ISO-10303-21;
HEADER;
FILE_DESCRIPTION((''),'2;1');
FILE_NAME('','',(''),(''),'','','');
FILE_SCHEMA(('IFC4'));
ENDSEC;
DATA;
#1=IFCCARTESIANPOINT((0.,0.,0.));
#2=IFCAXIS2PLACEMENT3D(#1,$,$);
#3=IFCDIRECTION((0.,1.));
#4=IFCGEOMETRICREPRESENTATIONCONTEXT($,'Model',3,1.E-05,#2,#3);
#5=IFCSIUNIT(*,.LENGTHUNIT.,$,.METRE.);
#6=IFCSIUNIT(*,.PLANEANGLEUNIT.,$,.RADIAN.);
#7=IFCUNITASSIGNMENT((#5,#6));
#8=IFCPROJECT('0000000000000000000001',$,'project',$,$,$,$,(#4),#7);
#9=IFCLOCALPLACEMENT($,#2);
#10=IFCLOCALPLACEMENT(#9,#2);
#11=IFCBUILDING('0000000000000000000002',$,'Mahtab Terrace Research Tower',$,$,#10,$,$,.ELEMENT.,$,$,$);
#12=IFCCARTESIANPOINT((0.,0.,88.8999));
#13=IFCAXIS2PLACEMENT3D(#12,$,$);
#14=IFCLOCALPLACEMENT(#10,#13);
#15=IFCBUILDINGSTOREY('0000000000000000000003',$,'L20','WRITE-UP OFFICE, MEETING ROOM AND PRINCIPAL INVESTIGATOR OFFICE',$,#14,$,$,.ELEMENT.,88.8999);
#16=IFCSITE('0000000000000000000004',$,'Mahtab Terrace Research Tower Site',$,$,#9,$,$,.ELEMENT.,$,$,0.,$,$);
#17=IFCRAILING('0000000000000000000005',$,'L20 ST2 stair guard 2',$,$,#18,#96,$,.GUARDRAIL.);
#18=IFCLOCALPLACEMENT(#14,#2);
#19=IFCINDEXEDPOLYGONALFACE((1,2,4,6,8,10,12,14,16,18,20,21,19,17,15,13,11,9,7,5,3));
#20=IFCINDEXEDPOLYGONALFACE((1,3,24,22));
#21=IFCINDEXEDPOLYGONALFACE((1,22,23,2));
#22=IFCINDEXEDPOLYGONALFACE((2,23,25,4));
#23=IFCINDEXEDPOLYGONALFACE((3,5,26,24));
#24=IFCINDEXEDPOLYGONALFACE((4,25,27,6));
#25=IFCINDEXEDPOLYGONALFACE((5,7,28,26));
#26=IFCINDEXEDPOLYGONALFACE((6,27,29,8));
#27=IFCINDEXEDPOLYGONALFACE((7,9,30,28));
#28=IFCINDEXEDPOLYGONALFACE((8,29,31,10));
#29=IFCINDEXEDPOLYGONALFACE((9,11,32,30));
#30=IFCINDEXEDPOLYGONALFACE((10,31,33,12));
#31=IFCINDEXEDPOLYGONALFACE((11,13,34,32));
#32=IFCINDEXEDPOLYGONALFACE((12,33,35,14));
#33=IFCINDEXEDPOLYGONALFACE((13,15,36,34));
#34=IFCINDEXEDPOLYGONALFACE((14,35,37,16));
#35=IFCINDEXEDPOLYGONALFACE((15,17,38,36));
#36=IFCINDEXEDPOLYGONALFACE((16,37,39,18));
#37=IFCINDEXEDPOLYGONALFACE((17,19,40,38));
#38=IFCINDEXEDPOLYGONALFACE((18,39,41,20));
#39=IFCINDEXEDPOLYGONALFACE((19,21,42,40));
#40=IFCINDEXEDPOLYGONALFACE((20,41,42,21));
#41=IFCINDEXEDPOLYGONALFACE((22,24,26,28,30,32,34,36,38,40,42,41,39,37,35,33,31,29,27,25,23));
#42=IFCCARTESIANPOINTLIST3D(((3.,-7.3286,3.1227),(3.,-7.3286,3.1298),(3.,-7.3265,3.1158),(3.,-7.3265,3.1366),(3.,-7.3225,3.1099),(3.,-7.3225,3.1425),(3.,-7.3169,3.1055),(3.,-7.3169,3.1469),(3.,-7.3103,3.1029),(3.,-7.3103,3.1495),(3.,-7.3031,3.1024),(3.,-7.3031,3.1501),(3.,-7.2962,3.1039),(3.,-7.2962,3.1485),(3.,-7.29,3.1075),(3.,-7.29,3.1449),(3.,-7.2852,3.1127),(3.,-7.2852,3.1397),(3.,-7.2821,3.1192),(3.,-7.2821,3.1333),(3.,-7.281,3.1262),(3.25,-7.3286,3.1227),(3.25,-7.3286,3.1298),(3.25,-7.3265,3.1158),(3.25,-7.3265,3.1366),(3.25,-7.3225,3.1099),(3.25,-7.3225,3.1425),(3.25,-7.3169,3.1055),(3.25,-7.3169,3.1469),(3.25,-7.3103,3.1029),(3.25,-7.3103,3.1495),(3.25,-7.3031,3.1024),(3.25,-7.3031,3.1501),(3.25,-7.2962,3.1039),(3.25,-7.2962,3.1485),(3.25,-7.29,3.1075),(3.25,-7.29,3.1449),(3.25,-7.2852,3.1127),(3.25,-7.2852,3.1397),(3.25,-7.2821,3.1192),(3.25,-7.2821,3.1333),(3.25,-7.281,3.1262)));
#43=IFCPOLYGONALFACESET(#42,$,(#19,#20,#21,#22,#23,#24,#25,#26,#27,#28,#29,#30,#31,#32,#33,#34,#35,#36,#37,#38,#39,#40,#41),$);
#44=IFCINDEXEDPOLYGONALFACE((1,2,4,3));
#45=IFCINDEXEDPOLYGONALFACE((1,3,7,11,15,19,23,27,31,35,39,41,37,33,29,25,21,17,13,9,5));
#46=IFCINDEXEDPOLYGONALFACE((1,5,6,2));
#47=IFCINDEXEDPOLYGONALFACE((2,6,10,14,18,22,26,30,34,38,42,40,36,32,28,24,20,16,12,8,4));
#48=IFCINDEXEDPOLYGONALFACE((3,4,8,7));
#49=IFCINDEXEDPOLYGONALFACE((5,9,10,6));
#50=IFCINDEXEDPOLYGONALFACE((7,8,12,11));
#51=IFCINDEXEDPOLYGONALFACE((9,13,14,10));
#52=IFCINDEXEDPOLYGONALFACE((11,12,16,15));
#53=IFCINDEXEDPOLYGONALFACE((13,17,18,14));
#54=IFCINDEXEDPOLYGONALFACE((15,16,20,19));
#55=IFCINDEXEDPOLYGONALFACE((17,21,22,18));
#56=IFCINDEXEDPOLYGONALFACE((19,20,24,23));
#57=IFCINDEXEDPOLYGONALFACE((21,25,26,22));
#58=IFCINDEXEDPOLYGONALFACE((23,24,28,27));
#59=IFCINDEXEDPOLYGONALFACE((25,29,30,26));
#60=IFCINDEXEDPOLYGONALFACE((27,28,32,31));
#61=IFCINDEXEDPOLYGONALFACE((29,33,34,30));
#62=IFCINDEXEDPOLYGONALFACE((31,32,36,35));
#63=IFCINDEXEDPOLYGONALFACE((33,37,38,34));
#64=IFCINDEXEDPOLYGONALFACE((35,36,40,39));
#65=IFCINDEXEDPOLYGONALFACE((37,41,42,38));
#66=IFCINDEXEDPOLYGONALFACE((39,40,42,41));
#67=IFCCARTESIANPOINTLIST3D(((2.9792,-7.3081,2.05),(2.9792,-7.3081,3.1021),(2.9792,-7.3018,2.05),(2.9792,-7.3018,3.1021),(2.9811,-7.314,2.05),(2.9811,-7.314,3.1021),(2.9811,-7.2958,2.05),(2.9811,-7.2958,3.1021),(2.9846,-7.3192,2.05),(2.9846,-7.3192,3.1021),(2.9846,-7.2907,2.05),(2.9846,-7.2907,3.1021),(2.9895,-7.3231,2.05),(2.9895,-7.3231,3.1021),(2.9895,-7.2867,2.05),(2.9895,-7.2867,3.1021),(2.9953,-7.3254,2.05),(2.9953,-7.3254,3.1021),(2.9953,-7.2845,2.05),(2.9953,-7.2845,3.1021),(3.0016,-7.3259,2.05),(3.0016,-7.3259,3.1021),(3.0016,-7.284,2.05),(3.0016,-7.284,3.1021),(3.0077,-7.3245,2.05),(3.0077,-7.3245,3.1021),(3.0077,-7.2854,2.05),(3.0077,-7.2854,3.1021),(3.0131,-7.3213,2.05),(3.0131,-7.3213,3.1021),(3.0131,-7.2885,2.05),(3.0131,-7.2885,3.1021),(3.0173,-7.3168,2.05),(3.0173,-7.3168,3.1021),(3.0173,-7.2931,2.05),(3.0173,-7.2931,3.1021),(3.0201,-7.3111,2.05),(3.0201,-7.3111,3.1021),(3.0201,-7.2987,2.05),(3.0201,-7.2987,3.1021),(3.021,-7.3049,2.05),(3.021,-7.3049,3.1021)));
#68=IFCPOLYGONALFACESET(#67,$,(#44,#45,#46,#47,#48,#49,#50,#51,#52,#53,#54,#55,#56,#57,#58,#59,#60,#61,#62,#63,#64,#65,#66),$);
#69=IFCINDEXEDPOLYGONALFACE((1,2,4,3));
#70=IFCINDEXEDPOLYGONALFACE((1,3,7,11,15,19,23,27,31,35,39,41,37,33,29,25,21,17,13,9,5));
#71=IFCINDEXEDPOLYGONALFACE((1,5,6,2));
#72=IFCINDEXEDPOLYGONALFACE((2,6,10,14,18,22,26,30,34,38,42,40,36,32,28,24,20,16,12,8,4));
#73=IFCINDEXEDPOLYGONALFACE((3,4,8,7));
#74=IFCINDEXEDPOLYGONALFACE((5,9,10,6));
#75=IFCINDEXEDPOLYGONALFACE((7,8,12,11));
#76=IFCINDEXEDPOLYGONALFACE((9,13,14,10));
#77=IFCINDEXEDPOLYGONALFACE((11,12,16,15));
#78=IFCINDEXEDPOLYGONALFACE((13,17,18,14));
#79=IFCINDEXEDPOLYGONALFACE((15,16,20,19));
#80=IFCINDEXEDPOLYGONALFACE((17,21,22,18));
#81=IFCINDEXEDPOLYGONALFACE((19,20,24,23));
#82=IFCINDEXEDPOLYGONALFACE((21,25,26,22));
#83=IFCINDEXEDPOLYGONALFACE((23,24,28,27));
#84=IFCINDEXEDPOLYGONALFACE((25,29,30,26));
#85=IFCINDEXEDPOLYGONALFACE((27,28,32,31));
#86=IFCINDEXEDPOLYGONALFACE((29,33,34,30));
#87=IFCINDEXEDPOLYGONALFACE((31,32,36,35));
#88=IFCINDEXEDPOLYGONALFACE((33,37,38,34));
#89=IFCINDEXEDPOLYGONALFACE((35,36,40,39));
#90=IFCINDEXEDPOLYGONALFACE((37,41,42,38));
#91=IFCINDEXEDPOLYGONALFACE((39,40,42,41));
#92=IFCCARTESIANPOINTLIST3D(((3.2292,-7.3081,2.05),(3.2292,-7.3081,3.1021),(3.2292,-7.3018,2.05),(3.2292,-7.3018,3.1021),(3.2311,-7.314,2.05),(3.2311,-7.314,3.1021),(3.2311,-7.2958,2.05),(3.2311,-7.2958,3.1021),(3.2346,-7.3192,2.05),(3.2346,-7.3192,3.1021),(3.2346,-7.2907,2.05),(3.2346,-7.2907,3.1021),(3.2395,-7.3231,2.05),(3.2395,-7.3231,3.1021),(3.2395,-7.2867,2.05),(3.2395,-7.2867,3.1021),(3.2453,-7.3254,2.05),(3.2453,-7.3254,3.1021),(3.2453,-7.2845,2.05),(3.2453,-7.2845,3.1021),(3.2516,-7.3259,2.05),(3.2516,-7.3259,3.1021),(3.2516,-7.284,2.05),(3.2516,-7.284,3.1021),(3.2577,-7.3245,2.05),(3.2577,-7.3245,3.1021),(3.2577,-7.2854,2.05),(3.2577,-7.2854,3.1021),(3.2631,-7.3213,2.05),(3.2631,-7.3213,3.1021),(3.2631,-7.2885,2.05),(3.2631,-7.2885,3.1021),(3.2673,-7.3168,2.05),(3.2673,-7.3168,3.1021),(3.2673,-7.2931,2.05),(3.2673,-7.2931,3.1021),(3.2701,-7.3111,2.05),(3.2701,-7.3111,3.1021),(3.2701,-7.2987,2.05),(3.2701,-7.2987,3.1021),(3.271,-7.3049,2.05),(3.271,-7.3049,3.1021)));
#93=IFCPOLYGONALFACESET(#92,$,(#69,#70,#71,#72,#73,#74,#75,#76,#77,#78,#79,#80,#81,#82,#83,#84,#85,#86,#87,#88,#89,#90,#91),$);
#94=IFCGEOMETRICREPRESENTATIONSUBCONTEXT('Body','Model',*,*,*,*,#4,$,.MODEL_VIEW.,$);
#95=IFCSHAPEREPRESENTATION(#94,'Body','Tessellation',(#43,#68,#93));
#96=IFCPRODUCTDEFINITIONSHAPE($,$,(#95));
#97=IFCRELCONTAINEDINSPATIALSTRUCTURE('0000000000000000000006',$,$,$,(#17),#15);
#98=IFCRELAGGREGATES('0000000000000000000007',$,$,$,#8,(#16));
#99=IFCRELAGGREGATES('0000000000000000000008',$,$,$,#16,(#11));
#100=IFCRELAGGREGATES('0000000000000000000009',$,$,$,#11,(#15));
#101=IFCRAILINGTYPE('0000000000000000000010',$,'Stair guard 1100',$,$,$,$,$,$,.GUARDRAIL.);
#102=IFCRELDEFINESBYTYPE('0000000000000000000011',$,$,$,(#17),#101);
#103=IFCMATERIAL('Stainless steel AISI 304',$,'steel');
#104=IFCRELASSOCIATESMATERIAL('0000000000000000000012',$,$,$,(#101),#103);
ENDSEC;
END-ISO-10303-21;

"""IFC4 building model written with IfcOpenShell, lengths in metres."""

from ifc_helpers import new_model, si_unit, direction, frame, origin, origin_2d, place, context, subcontext, project, spatial, circle, extrude, material, type_object, element, save


model = new_model("IFC4")

# Units and contexts
model_context = context("Model", 3, precision=1e-05, world=origin(), true_north=direction((0.0, 1.0)))
body_context = subcontext(model_context, "Body", "Model", "MODEL_VIEW")
ifc_project = project(units=[si_unit("LENGTHUNIT", "METRE"), si_unit("PLANEANGLEUNIT", "RADIAN")], contexts=[model_context])

# Site, building, storey
site_placement = place(None, origin())
site = spatial("IfcSite", under=ifc_project, at=site_placement, Name="Mahtab Terrace Research Tower Site", CompositionType="ELEMENT", RefElevation=0.0)
building_placement = place(site_placement, origin())
building = spatial("IfcBuilding", under=site, at=building_placement, Name="Mahtab Terrace Research Tower", CompositionType="ELEMENT")
storey_placement = place(building_placement, frame((0.0, 0.0, 88.8999)))
storey = spatial("IfcBuildingStorey", under=building, at=storey_placement, Name="L20", Description="WRITE-UP OFFICE, MEETING ROOM AND PRINCIPAL INVESTIGATOR OFFICE", CompositionType="ELEMENT", Elevation=88.8999)

# Railing
ifc_material_1 = material(Name="Stainless steel AISI 304", Category="steel")
railing_type_1 = type_object("IfcRailingType", Name="Stair guard 1100", PredefinedType="GUARDRAIL", material=ifc_material_1)
railing_1_placement = place(storey_placement, frame((3.0, -7.3049, 2.05)))
element("IfcRailing", 1, at=railing_1_placement, inside=storey, type_object=railing_type_1, Name="L20 ST2 stair guard 2", PredefinedType="GUARDRAIL", context=body_context, shape_type="SweptSolid", body=[
    extrude(circle(Radius=0.0239, at=origin_2d()), frame((0.0, 0.0, 1.0762), z_axis=(1.0, 0.0, 0.0), x_axis=(0.0, 1.0, 0.0)), (0.0, 0.0, 1.0), 0.25),
    extrude(circle(Radius=0.021, at=origin_2d()), origin(), (0.0, 0.0, 1.0), 1.052),
    extrude(circle(Radius=0.021, at=origin_2d()), frame((0.25, 0.0, 0.0)), (0.0, 0.0, 1.0), 1.052),
])

save(model, "model.ifc")
